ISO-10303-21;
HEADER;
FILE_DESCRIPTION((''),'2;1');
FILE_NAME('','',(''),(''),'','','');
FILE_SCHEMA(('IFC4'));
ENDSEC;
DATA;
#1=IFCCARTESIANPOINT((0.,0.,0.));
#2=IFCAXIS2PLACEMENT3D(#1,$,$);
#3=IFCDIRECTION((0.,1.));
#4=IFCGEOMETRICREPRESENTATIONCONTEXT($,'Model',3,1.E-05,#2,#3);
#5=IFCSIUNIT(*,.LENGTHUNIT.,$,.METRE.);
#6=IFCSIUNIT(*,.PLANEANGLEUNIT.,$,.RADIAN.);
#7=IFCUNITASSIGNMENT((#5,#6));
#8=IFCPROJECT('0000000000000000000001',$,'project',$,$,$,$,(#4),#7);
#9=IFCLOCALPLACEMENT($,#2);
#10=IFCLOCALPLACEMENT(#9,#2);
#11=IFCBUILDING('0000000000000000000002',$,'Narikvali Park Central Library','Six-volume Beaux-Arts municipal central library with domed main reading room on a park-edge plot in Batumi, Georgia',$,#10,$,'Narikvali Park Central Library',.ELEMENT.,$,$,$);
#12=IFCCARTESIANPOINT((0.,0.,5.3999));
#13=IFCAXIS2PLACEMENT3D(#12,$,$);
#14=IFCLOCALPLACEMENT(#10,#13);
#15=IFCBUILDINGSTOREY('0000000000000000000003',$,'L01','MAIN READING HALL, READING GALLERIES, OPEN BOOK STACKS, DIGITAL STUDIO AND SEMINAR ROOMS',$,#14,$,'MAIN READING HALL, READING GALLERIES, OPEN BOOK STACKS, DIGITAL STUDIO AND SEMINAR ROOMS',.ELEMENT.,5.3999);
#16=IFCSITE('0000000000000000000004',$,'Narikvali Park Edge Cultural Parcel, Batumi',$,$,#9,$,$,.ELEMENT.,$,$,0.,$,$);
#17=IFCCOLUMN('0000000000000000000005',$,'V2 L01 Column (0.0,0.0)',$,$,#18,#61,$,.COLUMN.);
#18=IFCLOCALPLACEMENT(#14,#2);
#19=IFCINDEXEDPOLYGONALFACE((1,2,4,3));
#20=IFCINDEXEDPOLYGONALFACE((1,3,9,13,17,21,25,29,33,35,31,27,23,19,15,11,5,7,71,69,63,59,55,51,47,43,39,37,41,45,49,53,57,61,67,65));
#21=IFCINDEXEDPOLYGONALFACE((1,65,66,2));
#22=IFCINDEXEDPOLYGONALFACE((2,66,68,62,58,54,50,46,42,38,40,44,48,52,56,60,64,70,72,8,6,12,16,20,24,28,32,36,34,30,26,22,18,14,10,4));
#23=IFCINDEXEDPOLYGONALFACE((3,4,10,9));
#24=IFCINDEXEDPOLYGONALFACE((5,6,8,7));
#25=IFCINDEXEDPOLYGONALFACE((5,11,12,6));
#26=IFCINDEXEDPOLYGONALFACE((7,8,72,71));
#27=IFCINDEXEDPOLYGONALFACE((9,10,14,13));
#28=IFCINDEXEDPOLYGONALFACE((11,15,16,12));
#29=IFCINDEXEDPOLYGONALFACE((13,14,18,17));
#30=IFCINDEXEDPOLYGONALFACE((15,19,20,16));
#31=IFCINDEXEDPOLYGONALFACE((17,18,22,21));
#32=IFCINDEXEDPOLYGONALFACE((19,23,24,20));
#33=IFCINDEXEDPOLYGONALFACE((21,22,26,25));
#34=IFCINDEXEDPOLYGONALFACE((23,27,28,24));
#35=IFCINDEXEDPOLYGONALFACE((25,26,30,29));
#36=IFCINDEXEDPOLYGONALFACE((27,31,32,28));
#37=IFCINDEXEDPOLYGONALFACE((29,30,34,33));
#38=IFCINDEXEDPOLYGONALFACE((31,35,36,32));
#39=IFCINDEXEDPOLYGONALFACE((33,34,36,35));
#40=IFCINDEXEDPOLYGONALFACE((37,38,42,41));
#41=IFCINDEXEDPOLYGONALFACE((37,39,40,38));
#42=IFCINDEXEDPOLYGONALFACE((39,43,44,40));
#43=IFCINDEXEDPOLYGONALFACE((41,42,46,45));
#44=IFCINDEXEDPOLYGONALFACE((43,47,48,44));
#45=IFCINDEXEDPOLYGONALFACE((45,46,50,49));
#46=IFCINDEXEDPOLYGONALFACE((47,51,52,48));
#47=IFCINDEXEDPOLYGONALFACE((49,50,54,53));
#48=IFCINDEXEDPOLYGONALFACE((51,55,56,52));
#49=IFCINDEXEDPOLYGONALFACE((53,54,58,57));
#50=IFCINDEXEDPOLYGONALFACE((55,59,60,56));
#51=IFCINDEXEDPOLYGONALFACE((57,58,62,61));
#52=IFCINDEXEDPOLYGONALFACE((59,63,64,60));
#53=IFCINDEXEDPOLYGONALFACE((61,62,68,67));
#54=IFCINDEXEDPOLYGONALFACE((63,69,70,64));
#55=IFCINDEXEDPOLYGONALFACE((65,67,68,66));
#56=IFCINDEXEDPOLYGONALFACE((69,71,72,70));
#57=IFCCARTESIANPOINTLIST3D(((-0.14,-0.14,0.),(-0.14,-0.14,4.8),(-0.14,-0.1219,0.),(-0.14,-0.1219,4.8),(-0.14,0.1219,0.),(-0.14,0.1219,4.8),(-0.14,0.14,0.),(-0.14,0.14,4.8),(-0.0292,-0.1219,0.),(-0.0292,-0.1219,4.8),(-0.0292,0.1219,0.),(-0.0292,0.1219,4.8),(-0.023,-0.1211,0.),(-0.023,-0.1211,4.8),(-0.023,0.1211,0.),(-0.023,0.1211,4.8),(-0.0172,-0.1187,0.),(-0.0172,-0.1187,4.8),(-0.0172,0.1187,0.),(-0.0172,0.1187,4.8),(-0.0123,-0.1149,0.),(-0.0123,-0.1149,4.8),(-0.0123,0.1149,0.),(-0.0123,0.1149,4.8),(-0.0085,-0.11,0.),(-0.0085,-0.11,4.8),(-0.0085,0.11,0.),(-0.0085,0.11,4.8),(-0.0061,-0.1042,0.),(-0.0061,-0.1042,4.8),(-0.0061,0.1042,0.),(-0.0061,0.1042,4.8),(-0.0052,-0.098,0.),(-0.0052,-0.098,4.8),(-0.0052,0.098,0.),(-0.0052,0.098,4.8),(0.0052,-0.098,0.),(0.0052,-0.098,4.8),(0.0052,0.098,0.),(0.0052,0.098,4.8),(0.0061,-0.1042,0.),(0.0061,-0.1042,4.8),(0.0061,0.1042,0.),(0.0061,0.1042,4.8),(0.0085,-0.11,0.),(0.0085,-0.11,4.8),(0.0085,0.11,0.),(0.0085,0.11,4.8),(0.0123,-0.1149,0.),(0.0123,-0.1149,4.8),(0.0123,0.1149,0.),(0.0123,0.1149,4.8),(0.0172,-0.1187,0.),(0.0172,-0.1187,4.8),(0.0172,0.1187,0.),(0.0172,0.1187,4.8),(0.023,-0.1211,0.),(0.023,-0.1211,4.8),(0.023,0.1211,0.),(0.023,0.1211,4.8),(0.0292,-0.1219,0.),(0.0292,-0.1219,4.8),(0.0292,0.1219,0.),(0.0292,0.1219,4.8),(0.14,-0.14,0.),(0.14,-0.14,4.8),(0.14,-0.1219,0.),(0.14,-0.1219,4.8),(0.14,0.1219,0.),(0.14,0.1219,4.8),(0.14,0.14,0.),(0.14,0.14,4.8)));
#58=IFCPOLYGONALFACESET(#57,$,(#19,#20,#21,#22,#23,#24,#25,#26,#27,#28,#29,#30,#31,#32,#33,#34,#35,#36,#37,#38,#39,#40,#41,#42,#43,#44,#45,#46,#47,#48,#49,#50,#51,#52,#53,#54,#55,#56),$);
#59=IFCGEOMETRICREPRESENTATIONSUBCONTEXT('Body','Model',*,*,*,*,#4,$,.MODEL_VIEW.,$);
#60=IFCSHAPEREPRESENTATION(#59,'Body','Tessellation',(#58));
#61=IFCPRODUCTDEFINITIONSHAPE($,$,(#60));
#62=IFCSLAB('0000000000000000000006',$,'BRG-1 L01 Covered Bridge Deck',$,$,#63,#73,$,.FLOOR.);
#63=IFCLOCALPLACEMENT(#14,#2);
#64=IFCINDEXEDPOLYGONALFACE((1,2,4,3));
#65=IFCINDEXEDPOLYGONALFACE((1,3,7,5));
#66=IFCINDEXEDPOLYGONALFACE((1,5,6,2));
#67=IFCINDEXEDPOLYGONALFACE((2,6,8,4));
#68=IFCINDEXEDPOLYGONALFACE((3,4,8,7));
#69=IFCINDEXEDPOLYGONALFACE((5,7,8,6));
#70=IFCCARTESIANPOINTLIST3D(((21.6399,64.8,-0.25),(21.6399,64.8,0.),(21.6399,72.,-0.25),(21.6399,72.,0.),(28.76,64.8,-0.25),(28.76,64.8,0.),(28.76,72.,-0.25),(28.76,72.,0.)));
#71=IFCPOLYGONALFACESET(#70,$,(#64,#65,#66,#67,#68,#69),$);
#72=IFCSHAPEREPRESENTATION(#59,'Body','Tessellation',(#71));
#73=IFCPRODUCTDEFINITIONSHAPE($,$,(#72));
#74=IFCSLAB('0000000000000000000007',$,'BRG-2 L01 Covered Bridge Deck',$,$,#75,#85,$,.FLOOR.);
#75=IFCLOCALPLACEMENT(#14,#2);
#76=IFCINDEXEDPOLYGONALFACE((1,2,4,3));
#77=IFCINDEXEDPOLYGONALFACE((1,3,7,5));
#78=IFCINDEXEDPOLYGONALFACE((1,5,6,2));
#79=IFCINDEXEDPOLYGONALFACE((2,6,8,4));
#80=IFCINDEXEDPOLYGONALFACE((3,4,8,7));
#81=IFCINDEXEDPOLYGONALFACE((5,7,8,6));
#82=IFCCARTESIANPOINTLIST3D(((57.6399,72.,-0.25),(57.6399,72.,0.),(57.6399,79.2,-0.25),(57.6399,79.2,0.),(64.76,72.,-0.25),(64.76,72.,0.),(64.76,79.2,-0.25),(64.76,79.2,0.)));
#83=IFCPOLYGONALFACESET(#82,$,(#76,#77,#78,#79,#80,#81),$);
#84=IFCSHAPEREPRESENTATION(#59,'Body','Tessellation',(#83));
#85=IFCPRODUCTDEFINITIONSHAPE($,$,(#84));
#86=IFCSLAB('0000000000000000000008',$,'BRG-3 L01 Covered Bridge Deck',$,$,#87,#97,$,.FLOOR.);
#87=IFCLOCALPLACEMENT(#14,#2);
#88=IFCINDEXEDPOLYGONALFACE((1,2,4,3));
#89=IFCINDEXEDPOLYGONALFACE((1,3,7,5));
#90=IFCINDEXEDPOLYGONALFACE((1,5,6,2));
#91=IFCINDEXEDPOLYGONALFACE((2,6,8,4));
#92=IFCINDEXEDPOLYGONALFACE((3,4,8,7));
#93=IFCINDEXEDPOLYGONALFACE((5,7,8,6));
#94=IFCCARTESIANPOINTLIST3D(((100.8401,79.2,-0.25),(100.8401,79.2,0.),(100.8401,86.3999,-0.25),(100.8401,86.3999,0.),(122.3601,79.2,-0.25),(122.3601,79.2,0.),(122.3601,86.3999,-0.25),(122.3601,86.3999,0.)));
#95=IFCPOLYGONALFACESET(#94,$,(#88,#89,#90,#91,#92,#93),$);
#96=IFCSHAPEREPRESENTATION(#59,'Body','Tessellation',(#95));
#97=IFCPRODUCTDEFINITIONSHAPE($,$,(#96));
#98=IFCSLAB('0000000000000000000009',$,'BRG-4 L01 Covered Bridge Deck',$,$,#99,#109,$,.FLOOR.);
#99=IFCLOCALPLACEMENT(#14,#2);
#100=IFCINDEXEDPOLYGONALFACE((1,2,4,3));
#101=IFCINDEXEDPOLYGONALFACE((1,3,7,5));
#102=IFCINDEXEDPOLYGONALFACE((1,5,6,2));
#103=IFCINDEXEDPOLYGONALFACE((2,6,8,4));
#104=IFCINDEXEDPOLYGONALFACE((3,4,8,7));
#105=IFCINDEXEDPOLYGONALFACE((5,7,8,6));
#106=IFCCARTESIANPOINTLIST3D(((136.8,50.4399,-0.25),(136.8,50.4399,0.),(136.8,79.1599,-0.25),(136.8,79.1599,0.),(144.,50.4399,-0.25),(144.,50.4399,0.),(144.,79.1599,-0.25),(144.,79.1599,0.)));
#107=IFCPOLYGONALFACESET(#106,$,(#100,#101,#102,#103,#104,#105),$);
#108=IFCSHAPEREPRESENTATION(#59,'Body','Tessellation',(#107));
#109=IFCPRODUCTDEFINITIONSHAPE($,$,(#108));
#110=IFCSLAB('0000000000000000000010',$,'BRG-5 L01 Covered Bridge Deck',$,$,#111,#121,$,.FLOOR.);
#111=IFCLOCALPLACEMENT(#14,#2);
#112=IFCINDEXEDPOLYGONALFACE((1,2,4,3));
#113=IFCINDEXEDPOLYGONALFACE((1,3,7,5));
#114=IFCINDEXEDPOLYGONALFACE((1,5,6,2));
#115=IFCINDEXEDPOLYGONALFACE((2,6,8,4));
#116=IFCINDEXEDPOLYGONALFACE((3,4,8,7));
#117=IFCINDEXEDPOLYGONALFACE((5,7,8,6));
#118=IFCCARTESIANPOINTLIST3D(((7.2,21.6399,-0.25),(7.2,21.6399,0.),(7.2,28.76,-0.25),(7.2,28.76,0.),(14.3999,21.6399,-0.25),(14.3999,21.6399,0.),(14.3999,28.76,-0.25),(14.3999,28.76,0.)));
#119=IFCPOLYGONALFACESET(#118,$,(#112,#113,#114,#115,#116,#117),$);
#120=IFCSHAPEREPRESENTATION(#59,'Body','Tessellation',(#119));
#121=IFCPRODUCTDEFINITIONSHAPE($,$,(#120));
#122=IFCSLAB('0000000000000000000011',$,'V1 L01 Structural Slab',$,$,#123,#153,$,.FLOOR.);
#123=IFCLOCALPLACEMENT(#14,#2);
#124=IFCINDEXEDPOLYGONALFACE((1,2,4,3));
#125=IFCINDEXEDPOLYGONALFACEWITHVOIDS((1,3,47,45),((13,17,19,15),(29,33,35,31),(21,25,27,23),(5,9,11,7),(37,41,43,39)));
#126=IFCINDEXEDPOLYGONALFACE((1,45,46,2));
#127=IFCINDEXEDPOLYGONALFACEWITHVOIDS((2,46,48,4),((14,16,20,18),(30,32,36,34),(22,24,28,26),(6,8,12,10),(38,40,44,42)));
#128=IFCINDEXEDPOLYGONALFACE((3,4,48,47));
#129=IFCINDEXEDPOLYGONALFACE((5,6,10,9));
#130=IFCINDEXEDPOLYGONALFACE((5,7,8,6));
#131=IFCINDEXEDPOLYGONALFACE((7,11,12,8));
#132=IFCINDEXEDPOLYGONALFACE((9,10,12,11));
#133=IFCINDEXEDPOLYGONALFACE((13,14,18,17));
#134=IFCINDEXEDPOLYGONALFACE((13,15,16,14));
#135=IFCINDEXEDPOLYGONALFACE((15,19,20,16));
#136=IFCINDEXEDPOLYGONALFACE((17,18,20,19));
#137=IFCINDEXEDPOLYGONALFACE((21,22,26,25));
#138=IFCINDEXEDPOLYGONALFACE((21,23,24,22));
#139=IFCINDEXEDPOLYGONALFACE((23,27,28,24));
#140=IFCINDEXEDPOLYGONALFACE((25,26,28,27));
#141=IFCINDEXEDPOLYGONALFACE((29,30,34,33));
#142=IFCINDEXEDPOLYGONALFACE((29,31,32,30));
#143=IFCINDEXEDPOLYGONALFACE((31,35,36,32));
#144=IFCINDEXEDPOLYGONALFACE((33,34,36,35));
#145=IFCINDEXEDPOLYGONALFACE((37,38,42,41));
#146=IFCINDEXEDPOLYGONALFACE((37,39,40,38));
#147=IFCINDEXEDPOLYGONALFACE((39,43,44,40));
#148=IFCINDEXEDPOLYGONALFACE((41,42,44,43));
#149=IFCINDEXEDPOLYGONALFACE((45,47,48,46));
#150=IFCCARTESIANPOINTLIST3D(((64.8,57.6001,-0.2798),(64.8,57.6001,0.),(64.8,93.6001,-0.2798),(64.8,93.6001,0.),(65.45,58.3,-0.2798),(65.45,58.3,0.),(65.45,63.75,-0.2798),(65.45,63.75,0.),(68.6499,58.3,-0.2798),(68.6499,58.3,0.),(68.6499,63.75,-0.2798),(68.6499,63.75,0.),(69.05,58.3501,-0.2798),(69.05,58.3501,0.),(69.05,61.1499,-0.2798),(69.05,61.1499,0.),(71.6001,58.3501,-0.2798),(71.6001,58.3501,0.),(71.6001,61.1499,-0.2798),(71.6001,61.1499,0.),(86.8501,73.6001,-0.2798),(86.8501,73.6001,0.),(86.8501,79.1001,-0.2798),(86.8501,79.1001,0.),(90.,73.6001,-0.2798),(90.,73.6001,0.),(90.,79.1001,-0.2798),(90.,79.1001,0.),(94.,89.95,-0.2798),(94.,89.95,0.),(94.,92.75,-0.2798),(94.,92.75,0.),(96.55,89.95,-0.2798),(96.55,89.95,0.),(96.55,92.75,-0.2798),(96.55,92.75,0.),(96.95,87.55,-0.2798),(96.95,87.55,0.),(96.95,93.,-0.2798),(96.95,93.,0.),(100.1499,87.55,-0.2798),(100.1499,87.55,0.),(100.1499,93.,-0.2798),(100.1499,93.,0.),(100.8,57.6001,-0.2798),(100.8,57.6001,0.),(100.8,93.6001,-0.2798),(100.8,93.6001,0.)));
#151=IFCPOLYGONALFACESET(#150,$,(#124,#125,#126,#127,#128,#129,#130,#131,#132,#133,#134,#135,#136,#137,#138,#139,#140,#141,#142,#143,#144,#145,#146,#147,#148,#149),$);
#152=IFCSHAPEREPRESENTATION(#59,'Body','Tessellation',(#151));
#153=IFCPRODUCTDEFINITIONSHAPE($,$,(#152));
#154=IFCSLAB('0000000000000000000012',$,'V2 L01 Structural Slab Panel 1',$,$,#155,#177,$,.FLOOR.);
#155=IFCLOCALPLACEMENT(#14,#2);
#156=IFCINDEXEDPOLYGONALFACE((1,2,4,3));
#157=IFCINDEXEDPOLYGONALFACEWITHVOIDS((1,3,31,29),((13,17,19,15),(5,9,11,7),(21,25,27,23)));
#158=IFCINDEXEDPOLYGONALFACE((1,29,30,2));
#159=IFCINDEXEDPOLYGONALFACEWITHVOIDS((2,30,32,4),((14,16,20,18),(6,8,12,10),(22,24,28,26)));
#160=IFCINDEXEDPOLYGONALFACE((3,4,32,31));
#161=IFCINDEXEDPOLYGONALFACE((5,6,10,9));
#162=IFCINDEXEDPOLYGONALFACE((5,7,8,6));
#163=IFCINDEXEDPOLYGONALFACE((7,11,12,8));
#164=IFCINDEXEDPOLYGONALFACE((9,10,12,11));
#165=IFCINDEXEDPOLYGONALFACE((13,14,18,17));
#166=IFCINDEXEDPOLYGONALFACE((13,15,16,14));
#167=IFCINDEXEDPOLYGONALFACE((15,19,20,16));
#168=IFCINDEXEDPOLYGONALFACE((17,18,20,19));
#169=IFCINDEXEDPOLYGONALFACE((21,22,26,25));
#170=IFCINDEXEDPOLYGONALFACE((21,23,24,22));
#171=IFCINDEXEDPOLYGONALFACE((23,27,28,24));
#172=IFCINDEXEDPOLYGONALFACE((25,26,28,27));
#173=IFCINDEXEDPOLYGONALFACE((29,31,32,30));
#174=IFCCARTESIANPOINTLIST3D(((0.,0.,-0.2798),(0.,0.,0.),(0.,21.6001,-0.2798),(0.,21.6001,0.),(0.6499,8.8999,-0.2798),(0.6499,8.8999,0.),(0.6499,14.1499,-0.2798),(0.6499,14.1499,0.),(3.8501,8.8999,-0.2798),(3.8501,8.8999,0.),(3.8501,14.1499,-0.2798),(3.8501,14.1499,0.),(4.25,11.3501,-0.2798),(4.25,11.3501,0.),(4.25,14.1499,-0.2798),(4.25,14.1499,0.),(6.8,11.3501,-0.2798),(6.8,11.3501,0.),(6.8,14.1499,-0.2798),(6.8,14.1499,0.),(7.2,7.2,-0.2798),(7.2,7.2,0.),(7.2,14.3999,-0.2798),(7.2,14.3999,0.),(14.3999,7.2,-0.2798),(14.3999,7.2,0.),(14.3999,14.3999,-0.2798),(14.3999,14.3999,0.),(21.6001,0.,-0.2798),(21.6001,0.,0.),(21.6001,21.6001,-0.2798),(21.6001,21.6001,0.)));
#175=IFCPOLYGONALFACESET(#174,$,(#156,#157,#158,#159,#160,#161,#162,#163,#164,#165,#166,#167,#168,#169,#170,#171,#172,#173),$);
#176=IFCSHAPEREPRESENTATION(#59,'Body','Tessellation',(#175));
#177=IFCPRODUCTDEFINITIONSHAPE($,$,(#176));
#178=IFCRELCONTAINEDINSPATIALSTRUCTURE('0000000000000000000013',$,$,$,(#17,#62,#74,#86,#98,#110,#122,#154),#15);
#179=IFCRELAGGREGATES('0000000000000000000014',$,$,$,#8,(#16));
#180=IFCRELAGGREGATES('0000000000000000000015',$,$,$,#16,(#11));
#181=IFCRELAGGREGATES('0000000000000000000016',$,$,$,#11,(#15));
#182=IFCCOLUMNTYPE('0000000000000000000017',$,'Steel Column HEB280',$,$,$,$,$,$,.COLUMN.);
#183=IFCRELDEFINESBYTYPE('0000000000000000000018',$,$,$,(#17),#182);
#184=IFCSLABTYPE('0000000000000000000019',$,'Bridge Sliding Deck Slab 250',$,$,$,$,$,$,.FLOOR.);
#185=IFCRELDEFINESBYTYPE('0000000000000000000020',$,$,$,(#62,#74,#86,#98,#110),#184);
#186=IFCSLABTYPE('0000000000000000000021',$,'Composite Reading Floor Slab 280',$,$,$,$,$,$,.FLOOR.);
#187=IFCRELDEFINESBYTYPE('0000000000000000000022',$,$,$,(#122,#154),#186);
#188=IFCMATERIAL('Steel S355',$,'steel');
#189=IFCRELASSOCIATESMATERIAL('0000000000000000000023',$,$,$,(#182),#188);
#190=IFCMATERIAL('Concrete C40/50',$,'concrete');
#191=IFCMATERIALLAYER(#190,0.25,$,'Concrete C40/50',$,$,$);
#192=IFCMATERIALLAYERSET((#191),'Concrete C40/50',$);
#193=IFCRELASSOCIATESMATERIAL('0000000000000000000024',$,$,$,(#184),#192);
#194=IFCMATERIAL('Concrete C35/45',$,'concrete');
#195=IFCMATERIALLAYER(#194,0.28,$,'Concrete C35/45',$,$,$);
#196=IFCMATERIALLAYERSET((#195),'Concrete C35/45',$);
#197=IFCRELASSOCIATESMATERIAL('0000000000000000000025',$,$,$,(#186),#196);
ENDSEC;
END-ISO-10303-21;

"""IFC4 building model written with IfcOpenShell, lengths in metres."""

from ifc_helpers import new_model, si_unit, direction, frame, origin, origin_with_axes, origin_2d, place, context, subcontext, project, spatial, polyline, i_section, outline, extrude, material, layer, layer_set, material_profile, profile_set, type_object, element, save


model = new_model("IFC4")

# Units and contexts
model_context = context("Model", 3, precision=1e-05, world=origin(), true_north=direction((0.0, 1.0)))
body_context = subcontext(model_context, "Body", "Model", "MODEL_VIEW")
ifc_project = project(units=[si_unit("LENGTHUNIT", "METRE"), si_unit("PLANEANGLEUNIT", "RADIAN")], contexts=[model_context])

# Site, building, storey
site_placement = place(None, origin())
site = spatial("IfcSite", under=ifc_project, at=site_placement, Name="Narikvali Park Edge Cultural Parcel, Batumi", CompositionType="ELEMENT", RefElevation=0.0)
building_placement = place(site_placement, origin())
building = spatial("IfcBuilding", under=site, at=building_placement, Name="Narikvali Park Central Library", Description="Six-volume Beaux-Arts municipal central library with domed main reading room on a park-edge plot in Batumi, Georgia", LongName="Narikvali Park Central Library", CompositionType="ELEMENT")
storey_placement = place(building_placement, frame((0.0, 0.0, 5.3999)))
storey = spatial("IfcBuildingStorey", under=building, at=storey_placement, Name="L01", Description="MAIN READING HALL, READING GALLERIES, OPEN BOOK STACKS, DIGITAL STUDIO AND SEMINAR ROOMS", LongName="MAIN READING HALL, READING GALLERIES, OPEN BOOK STACKS, DIGITAL STUDIO AND SEMINAR ROOMS", CompositionType="ELEMENT", Elevation=5.3999)

# Column
ifc_material_1 = material(Name="Steel S355", Category="steel")
ifc_material_profile = material_profile(ifc_material_1, i_section(OverallWidth=0.28, OverallDepth=0.28, WebThickness=0.0105, FlangeThickness=0.0181, FilletRadius=0.0239, at=origin_2d()), Name="HEB 280")
ifc_profile_set = profile_set([ifc_material_profile], Name="Steel S355")
column_type = type_object("IfcColumnType", Name="Steel Column HEB280", PredefinedType="COLUMN", material=ifc_profile_set)
column_placement = place(storey_placement, origin_with_axes())
element("IfcColumn", 1, at=column_placement, inside=storey, type_object=column_type, Name="V2 L01 Column (0.0,0.0)", PredefinedType="COLUMN", context=body_context, shape_type="SweptSolid", body=[
    extrude(i_section(OverallWidth=0.28, OverallDepth=0.28, WebThickness=0.0105, FlangeThickness=0.0181, FilletRadius=0.0239, at=origin_2d()), origin(), (0.0, 0.0, 1.0), 4.8),
])

# Slabs
ifc_material_2 = material(Name="Concrete C40/50", Category="concrete")
ifc_layer_1 = layer(ifc_material_2, 0.25, Name="Concrete C40/50")
ifc_layer_set_1 = layer_set([ifc_layer_1], Name="Concrete C40/50")
slab_type_1 = type_object("IfcSlabType", Name="Bridge Sliding Deck Slab 250", PredefinedType="FLOOR", material=ifc_layer_set_1)
slab_1_placement = place(storey_placement, frame((0.0, 0.0, -0.25)))
element("IfcSlab", 2, at=slab_1_placement, inside=storey, type_object=slab_type_1, Name="BRG-1 L01 Covered Bridge Deck", PredefinedType="FLOOR", context=body_context, shape_type="SweptSolid", body=[
    extrude(outline(polyline([(21.6399, 64.8), (28.76, 64.8), (28.76, 72.0), (21.6399, 72.0), (21.6399, 64.8)])), origin(), (0.0, 0.0, 1.0), 0.25),
])
slab_2_placement = place(storey_placement, frame((0.0, 0.0, -0.25)))
element("IfcSlab", 3, at=slab_2_placement, inside=storey, type_object=slab_type_1, Name="BRG-2 L01 Covered Bridge Deck", PredefinedType="FLOOR", context=body_context, shape_type="SweptSolid", body=[
    extrude(outline(polyline([(57.6399, 72.0), (64.76, 72.0), (64.76, 79.2), (57.6399, 79.2), (57.6399, 72.0)])), origin(), (0.0, 0.0, 1.0), 0.25),
])
slab_3_placement = place(storey_placement, frame((0.0, 0.0, -0.25)))
element("IfcSlab", 4, at=slab_3_placement, inside=storey, type_object=slab_type_1, Name="BRG-3 L01 Covered Bridge Deck", PredefinedType="FLOOR", context=body_context, shape_type="SweptSolid", body=[
    extrude(outline(polyline([(100.8401, 79.2), (122.3601, 79.2), (122.3601, 86.3999), (100.8401, 86.3999), (100.8401, 79.2)])), origin(), (0.0, 0.0, 1.0), 0.25),
])
slab_4_placement = place(storey_placement, frame((0.0, 0.0, -0.25)))
element("IfcSlab", 5, at=slab_4_placement, inside=storey, type_object=slab_type_1, Name="BRG-4 L01 Covered Bridge Deck", PredefinedType="FLOOR", context=body_context, shape_type="SweptSolid", body=[
    extrude(outline(polyline([(136.8, 50.4399), (144.0, 50.4399), (144.0, 79.1599), (136.8, 79.1599), (136.8, 50.4399)])), origin(), (0.0, 0.0, 1.0), 0.25),
])
slab_5_placement = place(storey_placement, frame((0.0, 0.0, -0.25)))
element("IfcSlab", 6, at=slab_5_placement, inside=storey, type_object=slab_type_1, Name="BRG-5 L01 Covered Bridge Deck", PredefinedType="FLOOR", context=body_context, shape_type="SweptSolid", body=[
    extrude(outline(polyline([(7.2, 21.6399), (14.3999, 21.6399), (14.3999, 28.76), (7.2, 28.76), (7.2, 21.6399)])), origin(), (0.0, 0.0, 1.0), 0.25),
])
ifc_material_3 = material(Name="Concrete C35/45", Category="concrete")
ifc_layer_2 = layer(ifc_material_3, 0.28, Name="Concrete C35/45")
ifc_layer_set_2 = layer_set([ifc_layer_2], Name="Concrete C35/45")
slab_type_2 = type_object("IfcSlabType", Name="Composite Reading Floor Slab 280", PredefinedType="FLOOR", material=ifc_layer_set_2)
slab_6_placement = place(storey_placement, frame((0.0, 0.0, -0.2798)))
element("IfcSlab", 7, at=slab_6_placement, inside=storey, type_object=slab_type_2, Name="V1 L01 Structural Slab", PredefinedType="FLOOR", context=body_context, shape_type="SweptSolid", body=[
    extrude(outline(polyline([(64.8, 57.6001), (100.8, 57.6001), (100.8, 93.6001), (64.8, 93.6001), (64.8, 57.6001)]), holes=[polyline([(65.45, 58.3), (68.6499, 58.3), (68.6499, 63.75), (65.45, 63.75), (65.45, 58.3)]), polyline([(69.05, 58.3501), (71.6001, 58.3501), (71.6001, 61.1499), (69.05, 61.1499), (69.05, 58.3501)]), polyline([(96.95, 87.55), (100.1499, 87.55), (100.1499, 93.0), (96.95, 93.0), (96.95, 87.55)]), polyline([(94.0, 89.95), (96.55, 89.95), (96.55, 92.75), (94.0, 92.75), (94.0, 89.95)]), polyline([(86.8501, 73.6001), (90.0, 73.6001), (90.0, 79.1001), (86.8501, 79.1001), (86.8501, 73.6001)])]), origin(), (0.0, 0.0, 1.0), 0.2798),
])
slab_7_placement = place(storey_placement, frame((0.0, 0.0, -0.2798)))
element("IfcSlab", 8, at=slab_7_placement, inside=storey, type_object=slab_type_2, Name="V2 L01 Structural Slab Panel 1", PredefinedType="FLOOR", context=body_context, shape_type="SweptSolid", body=[
    extrude(outline(polyline([(0.0, 0.0), (21.6001, 0.0), (21.6001, 21.6001), (0.0, 21.6001), (0.0, 0.0)]), holes=[polyline([(0.6499, 8.8999), (3.8501, 8.8999), (3.8501, 14.1499), (0.6499, 14.1499), (0.6499, 8.8999)]), polyline([(4.25, 11.3501), (6.8, 11.3501), (6.8, 14.1499), (4.25, 14.1499), (4.25, 11.3501)]), polyline([(7.2, 7.2), (14.3999, 7.2), (14.3999, 14.3999), (7.2, 14.3999), (7.2, 7.2)])]), origin(), (0.0, 0.0, 1.0), 0.2798),
])

save(model, "model.ifc")
